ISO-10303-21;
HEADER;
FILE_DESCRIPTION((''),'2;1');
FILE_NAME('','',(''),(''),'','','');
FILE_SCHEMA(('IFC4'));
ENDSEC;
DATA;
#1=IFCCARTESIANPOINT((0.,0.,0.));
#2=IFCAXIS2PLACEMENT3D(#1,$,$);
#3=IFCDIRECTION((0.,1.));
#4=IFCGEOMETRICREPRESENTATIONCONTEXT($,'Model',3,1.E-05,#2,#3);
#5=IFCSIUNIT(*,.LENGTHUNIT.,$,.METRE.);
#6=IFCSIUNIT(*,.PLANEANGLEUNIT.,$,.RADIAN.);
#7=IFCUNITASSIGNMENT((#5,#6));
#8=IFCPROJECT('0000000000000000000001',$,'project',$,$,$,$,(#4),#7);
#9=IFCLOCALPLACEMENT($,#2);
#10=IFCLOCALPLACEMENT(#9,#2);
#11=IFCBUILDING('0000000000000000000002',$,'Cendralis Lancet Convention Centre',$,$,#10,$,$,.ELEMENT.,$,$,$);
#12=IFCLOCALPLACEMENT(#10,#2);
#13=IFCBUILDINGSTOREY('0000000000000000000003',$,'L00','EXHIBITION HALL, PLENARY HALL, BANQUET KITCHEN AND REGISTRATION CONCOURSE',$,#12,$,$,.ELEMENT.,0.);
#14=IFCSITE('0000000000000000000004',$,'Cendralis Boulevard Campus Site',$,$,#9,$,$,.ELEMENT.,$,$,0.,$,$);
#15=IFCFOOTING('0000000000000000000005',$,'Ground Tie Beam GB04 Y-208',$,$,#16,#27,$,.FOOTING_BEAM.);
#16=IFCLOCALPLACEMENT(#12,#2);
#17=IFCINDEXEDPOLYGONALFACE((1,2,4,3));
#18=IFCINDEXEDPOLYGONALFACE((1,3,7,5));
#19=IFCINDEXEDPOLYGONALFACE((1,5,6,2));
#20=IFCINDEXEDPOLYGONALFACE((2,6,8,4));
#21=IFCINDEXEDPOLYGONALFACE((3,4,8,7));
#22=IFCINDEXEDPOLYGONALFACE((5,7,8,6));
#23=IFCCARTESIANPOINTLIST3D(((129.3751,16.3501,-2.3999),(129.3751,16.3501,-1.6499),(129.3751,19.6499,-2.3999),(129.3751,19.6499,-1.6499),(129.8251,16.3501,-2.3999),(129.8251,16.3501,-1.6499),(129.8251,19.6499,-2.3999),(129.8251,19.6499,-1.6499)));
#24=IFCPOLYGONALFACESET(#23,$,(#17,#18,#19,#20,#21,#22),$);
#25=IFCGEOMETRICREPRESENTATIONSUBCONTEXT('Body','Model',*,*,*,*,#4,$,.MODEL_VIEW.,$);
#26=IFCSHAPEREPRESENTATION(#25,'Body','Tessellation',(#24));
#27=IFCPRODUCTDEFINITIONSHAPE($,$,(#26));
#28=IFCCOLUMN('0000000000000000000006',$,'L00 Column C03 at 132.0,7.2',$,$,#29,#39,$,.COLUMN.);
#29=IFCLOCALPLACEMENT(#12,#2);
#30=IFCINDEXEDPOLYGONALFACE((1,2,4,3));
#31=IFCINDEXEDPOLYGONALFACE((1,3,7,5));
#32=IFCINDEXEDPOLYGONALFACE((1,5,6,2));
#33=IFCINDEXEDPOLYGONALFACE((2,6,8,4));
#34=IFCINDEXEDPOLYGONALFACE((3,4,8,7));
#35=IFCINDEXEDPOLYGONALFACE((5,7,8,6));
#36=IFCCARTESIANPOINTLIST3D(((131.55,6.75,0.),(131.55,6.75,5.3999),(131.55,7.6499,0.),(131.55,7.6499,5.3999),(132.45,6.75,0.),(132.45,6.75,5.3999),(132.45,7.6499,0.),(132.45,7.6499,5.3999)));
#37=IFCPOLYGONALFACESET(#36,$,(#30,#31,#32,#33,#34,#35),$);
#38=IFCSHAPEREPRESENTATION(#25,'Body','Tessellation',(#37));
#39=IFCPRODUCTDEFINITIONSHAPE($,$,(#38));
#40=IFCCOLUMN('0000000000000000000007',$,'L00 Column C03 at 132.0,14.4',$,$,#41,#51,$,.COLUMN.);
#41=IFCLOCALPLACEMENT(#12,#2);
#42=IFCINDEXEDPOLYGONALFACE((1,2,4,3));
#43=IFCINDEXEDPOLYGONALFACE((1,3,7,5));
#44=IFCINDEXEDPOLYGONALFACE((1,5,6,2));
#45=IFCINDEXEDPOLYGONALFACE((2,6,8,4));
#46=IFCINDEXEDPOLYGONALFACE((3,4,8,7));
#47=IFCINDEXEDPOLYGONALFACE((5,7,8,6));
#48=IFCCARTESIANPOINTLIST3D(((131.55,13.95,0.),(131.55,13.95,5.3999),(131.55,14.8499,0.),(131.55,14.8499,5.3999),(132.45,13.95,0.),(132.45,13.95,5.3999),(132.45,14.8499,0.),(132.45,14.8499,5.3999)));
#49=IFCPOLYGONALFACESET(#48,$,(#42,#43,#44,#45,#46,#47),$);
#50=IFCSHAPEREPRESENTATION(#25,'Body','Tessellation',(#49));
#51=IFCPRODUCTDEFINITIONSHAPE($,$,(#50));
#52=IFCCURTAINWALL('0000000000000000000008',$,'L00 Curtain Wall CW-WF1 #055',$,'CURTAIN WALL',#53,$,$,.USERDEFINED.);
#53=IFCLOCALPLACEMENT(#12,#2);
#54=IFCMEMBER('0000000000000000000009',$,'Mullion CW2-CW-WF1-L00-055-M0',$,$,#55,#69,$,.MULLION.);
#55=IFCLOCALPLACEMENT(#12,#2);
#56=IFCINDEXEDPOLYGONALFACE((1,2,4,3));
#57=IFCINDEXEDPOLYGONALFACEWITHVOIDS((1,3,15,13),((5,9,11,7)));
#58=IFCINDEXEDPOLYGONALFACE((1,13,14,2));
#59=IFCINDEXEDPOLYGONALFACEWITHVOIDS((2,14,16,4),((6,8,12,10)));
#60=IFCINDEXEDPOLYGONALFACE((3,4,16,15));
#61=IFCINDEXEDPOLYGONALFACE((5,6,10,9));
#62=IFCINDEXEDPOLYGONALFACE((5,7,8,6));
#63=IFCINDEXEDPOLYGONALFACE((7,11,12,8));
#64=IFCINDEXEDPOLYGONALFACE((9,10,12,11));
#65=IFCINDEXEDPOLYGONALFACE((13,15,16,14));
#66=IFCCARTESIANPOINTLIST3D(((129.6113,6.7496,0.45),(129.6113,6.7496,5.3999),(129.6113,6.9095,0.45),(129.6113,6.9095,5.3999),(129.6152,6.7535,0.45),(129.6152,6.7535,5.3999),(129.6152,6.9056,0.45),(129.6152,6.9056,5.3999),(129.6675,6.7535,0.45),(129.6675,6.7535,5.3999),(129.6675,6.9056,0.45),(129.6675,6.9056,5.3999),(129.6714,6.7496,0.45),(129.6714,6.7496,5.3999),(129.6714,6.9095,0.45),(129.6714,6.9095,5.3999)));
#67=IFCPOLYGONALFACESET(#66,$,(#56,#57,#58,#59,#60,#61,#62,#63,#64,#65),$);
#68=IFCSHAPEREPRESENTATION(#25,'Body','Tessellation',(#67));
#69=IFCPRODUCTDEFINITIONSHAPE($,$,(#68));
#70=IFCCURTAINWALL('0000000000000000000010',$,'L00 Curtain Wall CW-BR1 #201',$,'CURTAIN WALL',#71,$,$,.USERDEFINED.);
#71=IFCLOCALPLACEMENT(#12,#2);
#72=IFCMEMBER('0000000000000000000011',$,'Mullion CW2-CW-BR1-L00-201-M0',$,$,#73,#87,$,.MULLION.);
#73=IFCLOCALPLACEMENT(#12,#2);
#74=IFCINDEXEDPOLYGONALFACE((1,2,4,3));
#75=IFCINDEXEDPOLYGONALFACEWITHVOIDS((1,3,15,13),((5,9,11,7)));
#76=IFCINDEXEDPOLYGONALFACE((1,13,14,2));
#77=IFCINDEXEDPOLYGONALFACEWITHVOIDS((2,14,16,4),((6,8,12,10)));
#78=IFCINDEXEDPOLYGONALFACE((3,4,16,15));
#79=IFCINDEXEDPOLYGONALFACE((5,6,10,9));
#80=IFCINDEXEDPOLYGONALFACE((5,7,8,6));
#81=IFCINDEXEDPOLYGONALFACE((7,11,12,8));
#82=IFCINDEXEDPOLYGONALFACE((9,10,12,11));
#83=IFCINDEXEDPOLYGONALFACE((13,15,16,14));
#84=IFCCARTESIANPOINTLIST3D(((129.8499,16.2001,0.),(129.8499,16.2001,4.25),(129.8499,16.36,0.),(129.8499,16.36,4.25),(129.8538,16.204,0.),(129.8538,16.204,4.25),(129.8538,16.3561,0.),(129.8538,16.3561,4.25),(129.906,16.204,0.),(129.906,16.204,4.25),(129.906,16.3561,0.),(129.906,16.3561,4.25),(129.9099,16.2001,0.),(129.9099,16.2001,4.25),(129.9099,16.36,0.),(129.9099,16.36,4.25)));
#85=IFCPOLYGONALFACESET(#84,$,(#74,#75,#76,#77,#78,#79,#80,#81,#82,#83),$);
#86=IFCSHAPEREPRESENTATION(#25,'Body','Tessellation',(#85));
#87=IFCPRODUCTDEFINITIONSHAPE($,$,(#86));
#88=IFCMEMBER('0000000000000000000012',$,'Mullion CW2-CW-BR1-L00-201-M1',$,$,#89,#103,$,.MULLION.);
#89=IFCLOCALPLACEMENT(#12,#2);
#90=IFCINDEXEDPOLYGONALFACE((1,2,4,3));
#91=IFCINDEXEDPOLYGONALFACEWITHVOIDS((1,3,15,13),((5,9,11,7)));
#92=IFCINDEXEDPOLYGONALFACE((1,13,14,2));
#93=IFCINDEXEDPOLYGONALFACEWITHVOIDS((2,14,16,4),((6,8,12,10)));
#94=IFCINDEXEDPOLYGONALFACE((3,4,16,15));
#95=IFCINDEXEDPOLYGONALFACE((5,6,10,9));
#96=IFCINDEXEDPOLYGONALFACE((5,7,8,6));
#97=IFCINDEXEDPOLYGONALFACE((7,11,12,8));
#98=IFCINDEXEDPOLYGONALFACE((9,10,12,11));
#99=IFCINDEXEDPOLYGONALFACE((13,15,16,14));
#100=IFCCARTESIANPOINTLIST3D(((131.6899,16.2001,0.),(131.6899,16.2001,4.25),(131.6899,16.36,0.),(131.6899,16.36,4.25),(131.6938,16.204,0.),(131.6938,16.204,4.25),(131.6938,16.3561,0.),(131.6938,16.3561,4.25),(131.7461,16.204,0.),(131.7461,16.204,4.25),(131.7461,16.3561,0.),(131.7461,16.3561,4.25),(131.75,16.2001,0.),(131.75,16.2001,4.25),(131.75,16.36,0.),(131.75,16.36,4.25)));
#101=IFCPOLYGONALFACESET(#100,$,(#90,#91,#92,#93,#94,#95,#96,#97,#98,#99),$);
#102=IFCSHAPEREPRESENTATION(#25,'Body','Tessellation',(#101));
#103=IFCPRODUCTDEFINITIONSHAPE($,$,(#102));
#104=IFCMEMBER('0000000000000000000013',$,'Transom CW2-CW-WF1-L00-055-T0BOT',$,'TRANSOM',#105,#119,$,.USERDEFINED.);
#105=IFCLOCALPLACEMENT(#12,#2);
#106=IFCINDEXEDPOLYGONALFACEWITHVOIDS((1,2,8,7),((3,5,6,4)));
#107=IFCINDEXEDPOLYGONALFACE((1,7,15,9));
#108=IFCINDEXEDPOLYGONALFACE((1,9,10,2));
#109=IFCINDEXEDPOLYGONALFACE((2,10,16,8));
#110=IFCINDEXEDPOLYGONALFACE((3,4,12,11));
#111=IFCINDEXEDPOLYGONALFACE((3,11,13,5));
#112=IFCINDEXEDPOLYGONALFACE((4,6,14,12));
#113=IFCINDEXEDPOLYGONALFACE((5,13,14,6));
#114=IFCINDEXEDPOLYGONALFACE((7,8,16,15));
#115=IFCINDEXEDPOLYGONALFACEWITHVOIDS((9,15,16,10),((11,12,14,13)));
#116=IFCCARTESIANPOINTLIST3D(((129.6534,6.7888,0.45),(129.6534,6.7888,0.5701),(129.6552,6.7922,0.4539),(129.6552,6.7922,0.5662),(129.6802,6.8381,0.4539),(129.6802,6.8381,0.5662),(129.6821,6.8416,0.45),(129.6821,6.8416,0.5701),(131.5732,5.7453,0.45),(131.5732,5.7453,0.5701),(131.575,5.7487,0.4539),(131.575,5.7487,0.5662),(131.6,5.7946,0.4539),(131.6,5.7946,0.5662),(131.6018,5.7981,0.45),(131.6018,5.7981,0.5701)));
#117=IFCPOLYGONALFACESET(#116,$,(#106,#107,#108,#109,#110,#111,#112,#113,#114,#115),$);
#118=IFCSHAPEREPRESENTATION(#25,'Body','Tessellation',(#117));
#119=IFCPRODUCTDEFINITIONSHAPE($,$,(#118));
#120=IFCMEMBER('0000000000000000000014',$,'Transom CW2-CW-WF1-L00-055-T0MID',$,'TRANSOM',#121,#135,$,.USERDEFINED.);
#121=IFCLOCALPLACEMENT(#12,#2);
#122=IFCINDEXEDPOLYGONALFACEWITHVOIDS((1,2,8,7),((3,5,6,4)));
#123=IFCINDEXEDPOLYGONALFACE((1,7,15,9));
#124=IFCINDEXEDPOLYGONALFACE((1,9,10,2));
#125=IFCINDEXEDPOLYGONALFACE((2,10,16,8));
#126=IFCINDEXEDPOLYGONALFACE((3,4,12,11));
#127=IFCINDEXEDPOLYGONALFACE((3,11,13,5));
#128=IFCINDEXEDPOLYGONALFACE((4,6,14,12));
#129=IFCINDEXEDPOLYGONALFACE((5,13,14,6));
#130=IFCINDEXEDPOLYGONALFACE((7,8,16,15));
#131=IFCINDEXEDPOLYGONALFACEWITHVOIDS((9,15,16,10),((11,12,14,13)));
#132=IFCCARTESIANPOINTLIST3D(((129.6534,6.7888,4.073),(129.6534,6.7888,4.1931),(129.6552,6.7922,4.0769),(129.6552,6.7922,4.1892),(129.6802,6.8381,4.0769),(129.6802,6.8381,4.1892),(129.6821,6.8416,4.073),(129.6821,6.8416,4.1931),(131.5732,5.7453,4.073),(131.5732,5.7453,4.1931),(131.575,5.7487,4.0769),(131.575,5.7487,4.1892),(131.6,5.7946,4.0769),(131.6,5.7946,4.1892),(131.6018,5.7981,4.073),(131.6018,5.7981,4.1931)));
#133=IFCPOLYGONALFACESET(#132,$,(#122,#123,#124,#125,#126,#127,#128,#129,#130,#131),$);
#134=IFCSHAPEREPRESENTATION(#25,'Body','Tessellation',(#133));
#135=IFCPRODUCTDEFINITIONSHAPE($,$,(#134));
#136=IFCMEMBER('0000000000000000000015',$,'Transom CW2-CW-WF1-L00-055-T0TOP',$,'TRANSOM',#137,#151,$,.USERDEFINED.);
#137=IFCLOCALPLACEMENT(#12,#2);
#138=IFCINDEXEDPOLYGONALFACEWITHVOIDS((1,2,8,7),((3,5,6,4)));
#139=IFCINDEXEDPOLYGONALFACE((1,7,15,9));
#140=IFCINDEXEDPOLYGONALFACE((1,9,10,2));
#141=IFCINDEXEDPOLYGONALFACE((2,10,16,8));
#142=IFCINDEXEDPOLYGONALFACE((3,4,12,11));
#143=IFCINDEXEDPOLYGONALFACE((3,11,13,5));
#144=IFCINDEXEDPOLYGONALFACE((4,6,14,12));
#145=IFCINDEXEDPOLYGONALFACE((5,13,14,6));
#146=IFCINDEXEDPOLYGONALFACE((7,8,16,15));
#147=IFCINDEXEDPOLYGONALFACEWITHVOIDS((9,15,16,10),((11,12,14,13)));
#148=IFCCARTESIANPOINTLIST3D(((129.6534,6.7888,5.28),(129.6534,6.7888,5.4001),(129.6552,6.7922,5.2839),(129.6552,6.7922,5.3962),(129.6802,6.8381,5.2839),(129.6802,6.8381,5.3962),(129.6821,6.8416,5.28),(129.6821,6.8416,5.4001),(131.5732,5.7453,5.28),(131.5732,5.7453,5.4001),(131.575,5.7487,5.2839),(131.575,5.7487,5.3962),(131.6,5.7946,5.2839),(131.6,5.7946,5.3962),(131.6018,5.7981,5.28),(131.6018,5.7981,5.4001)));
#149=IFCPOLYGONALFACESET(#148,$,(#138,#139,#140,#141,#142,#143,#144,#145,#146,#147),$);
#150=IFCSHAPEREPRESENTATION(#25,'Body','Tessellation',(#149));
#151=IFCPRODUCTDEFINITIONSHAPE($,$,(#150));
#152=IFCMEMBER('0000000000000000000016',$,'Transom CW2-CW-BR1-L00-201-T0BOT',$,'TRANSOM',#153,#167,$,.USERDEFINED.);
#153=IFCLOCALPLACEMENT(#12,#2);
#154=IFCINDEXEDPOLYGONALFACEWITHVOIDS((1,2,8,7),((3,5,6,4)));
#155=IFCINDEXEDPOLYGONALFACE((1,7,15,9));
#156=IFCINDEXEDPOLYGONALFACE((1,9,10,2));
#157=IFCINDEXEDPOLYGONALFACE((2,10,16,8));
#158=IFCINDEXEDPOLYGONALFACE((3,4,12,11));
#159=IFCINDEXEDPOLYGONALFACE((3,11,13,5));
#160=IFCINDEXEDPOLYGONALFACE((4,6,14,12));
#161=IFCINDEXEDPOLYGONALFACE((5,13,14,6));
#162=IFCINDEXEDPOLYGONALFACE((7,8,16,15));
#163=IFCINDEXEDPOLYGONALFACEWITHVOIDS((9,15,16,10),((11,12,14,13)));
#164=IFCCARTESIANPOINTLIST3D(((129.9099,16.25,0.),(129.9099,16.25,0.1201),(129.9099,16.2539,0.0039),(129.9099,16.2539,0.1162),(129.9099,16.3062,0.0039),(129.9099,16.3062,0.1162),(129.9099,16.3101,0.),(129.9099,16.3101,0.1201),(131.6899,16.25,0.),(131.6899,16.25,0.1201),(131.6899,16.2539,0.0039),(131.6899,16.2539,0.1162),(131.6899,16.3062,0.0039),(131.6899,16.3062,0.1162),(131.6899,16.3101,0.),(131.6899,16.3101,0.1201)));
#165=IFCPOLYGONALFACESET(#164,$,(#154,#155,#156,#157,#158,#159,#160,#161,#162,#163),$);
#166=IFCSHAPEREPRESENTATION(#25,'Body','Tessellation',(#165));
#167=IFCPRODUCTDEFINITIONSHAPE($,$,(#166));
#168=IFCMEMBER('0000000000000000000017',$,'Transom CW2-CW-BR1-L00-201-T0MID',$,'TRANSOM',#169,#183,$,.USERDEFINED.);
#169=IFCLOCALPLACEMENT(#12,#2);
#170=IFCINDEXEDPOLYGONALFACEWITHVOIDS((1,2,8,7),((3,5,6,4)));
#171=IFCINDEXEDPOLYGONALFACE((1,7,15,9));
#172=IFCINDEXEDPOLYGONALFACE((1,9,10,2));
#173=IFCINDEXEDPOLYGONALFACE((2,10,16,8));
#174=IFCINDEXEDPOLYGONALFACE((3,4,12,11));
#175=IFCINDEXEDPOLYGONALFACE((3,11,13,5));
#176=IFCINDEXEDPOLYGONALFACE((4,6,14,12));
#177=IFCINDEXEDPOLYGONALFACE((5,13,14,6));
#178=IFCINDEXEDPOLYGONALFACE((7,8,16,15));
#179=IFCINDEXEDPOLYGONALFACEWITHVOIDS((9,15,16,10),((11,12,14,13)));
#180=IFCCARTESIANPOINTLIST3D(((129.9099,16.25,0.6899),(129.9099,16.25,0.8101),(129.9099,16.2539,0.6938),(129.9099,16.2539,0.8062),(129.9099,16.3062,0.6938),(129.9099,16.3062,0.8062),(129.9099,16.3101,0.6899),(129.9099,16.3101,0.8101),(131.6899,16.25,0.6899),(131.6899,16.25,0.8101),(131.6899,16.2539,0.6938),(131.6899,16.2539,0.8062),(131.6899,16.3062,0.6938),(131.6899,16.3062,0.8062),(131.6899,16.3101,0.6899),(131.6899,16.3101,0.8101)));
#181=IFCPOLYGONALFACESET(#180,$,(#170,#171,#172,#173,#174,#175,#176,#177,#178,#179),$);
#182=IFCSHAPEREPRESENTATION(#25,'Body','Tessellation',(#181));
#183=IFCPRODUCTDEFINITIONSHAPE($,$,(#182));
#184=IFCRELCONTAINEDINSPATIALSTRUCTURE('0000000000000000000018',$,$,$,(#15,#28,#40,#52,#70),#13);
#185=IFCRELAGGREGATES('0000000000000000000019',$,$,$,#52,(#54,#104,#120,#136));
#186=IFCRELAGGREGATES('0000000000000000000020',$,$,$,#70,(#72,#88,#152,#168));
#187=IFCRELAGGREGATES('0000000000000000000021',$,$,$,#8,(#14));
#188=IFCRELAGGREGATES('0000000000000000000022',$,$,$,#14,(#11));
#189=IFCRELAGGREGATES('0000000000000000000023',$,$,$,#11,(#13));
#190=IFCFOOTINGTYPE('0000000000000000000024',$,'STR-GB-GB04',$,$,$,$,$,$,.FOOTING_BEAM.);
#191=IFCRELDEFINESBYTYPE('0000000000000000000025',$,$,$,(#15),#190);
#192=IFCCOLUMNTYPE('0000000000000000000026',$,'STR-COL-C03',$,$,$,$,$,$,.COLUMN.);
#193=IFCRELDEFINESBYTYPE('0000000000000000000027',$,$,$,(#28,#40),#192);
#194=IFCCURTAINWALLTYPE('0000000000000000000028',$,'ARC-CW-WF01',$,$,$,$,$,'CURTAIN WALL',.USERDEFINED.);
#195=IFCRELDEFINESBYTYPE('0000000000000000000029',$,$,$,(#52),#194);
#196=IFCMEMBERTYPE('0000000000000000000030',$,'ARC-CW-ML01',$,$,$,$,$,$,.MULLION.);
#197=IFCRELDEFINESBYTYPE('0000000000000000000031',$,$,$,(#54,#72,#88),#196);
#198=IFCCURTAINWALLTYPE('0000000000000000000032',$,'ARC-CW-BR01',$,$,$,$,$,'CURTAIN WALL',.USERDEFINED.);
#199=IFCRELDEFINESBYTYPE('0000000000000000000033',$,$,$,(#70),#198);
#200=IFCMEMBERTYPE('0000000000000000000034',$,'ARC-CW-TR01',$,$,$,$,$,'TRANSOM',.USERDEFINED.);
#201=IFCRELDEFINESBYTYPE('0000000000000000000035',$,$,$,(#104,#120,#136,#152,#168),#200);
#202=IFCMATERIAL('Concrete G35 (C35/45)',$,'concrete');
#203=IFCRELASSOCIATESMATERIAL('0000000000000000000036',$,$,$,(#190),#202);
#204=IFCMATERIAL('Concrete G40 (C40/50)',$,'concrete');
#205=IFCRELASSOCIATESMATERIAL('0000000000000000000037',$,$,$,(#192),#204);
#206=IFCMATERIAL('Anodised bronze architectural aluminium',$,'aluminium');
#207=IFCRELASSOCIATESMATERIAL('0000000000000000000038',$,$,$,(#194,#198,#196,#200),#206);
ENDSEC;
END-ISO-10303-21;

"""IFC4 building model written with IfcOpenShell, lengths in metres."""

from ifc_helpers import new_model, si_unit, direction, frame, origin, origin_2d, place, context, subcontext, project, spatial, rectangle, hollow_rectangle, extrude, material, material_profile, profile_set, type_object, element, aggregate, save


model = new_model("IFC4")

# Units and contexts
model_context = context("Model", 3, precision=1e-05, world=origin(), true_north=direction((0.0, 1.0)))
body_context = subcontext(model_context, "Body", "Model", "MODEL_VIEW")
ifc_project = project(units=[si_unit("LENGTHUNIT", "METRE"), si_unit("PLANEANGLEUNIT", "RADIAN")], contexts=[model_context])

# Site, building, storey
site_placement = place(None, origin())
site = spatial("IfcSite", under=ifc_project, at=site_placement, Name="Cendralis Boulevard Campus Site", CompositionType="ELEMENT", RefElevation=0.0)
building_placement = place(site_placement, origin())
building = spatial("IfcBuilding", under=site, at=building_placement, Name="Cendralis Lancet Convention Centre", CompositionType="ELEMENT")
storey_placement = place(building_placement, origin())
storey = spatial("IfcBuildingStorey", under=building, at=storey_placement, Name="L00", Description="EXHIBITION HALL, PLENARY HALL, BANQUET KITCHEN AND REGISTRATION CONCOURSE", CompositionType="ELEMENT", Elevation=0.0)

# Footing
ifc_material_1 = material(Name="Concrete G35 (C35/45)", Category="concrete")
ifc_material_profile_1 = material_profile(ifc_material_1, rectangle(XDim=0.45, YDim=0.75, at=origin_2d()), Name="RCB 450x750")
ifc_profile_set_1 = profile_set([ifc_material_profile_1], Name="Concrete G35 (C35/45)")
footing_type = type_object("IfcFootingType", Name="STR-GB-GB04", PredefinedType="FOOTING_BEAM", material=ifc_profile_set_1)
footing_placement = place(storey_placement, frame((129.6001, 16.3501, -2.0249), z_axis=(0.0, 1.0, 0.0), x_axis=(-1.0, 0.0, 0.0)))
element("IfcFooting", 1, at=footing_placement, inside=storey, type_object=footing_type, Name="Ground Tie Beam GB04 Y-208", PredefinedType="FOOTING_BEAM", context=body_context, shape_type="SweptSolid", body=[
    extrude(rectangle(XDim=0.45, YDim=0.75, at=origin_2d()), origin(), (0.0, 0.0, 1.0), 3.2998),
])

# Columns
ifc_material_2 = material(Name="Concrete G40 (C40/50)", Category="concrete")
ifc_material_profile_2 = material_profile(ifc_material_2, rectangle(XDim=0.8999, YDim=0.8999, at=origin_2d()), Name="RC 900x900")
ifc_profile_set_2 = profile_set([ifc_material_profile_2], Name="Concrete G40 (C40/50)")
column_type = type_object("IfcColumnType", Name="STR-COL-C03", PredefinedType="COLUMN", material=ifc_profile_set_2)
for number, where, z_axis, x_axis, name in (
    (2, (132.0, 7.2, 0.0), (0.0, 0.0, 1.0), (1.0, 0.0, 0.0), "L00 Column C03 at 132.0,7.2"),
    (3, (132.0, 14.3999, 0.0), (0.0, 0.0, 1.0), (1.0, 0.0, 0.0), "L00 Column C03 at 132.0,14.4"),
):
    element("IfcColumn", number, at=place(storey_placement, frame(where, z_axis=z_axis, x_axis=x_axis)), inside=storey, type_object=column_type, Name=name, PredefinedType="COLUMN", context=body_context, shape_type="SweptSolid", body=[
        extrude(rectangle(XDim=0.8999, YDim=0.8999, at=origin_2d()), origin(), (0.0, 0.0, 1.0), 5.3999),
    ])

# Curtain wall, member
ifc_material_3 = material(Name="Anodised bronze architectural aluminium", Category="aluminium")
curtain_wall_type_1 = type_object("IfcCurtainWallType", Name="ARC-CW-WF01", ElementType="CURTAIN WALL", PredefinedType="USERDEFINED", material=ifc_material_3)
curtain_wall_1_placement = place(storey_placement, origin())
curtain_wall_1 = element("IfcCurtainWall", 4, at=curtain_wall_1_placement, inside=storey, type_object=curtain_wall_type_1, Name="L00 Curtain Wall CW-WF1 #055", ObjectType="CURTAIN WALL", PredefinedType="USERDEFINED")
ifc_material_profile_3 = material_profile(ifc_material_3, hollow_rectangle(XDim=0.0601, YDim=0.1599, WallThickness=0.0039, at=origin_2d()), Name="AL-MULL 60x160x4.0")
ifc_profile_set_3 = profile_set([ifc_material_profile_3], Name="Anodised bronze architectural aluminium")
member_type_1 = type_object("IfcMemberType", Name="ARC-CW-ML01", PredefinedType="MULLION", material=ifc_profile_set_3)
member_1_placement = place(storey_placement, frame((129.6414, 6.8296, 0.45), z_axis=(0.0, 0.0, 1.0), x_axis=(1.0, 0.0, 0.0)))
member_1 = element("IfcMember", 5, at=member_1_placement, type_object=member_type_1, Name="Mullion CW2-CW-WF1-L00-055-M0", PredefinedType="MULLION", context=body_context, shape_type="SweptSolid", body=[
    extrude(hollow_rectangle(XDim=0.0601, YDim=0.1599, WallThickness=0.0039, at=origin_2d()), origin(), (0.0, 0.0, 1.0), 4.95),
])

# Curtain wall, members
curtain_wall_type_2 = type_object("IfcCurtainWallType", Name="ARC-CW-BR01", ElementType="CURTAIN WALL", PredefinedType="USERDEFINED", material=ifc_material_3)
curtain_wall_2_placement = place(storey_placement, origin())
curtain_wall_2 = element("IfcCurtainWall", 6, at=curtain_wall_2_placement, inside=storey, type_object=curtain_wall_type_2, Name="L00 Curtain Wall CW-BR1 #201", ObjectType="CURTAIN WALL", PredefinedType="USERDEFINED")
member_2_placement = place(storey_placement, frame((129.8799, 16.28, 0.0), z_axis=(0.0, 0.0, 1.0), x_axis=(1.0, 0.0, 0.0)))
member_2 = element("IfcMember", 7, at=member_2_placement, type_object=member_type_1, Name="Mullion CW2-CW-BR1-L00-201-M0", PredefinedType="MULLION", context=body_context, shape_type="SweptSolid", body=[
    extrude(hollow_rectangle(XDim=0.0601, YDim=0.1599, WallThickness=0.0039, at=origin_2d()), origin(), (0.0, 0.0, 1.0), 4.25),
])
member_3_placement = place(storey_placement, frame((131.72, 16.28, 0.0), z_axis=(0.0, 0.0, 1.0), x_axis=(1.0, 0.0, 0.0)))
member_3 = element("IfcMember", 8, at=member_3_placement, type_object=member_type_1, Name="Mullion CW2-CW-BR1-L00-201-M1", PredefinedType="MULLION", context=body_context, shape_type="SweptSolid", body=[
    extrude(hollow_rectangle(XDim=0.0601, YDim=0.1599, WallThickness=0.0039, at=origin_2d()), origin(), (0.0, 0.0, 1.0), 4.25),
])

# Members
ifc_material_profile_4 = material_profile(ifc_material_3, hollow_rectangle(XDim=0.0601, YDim=0.1201, WallThickness=0.0039, at=origin_2d()), Name="AL-TRAN 60x120x4.0")
ifc_profile_set_4 = profile_set([ifc_material_profile_4], Name="Anodised bronze architectural aluminium")
member_type_2 = type_object("IfcMemberType", Name="ARC-CW-TR01", ElementType="TRANSOM", PredefinedType="USERDEFINED", material=ifc_profile_set_4)
member_4_placement = place(storey_placement, frame((129.6677, 6.8152, 0.51), z_axis=(0.878595, -0.477568, 0.0), x_axis=(0.477568, 0.878595, 0.0)))
member_4 = element("IfcMember", 9, at=member_4_placement, type_object=member_type_2, Name="Transom CW2-CW-WF1-L00-055-T0BOT", ObjectType="TRANSOM", PredefinedType="USERDEFINED", context=body_context, shape_type="SweptSolid", body=[
    extrude(hollow_rectangle(XDim=0.0601, YDim=0.1201, WallThickness=0.0039, at=origin_2d()), origin(), (0.0, 0.0, 1.0), 2.1851),
])
member_5_placement = place(storey_placement, frame((129.6677, 6.8152, 4.1331), z_axis=(0.878595, -0.477568, 0.0), x_axis=(0.477568, 0.878595, 0.0)))
member_5 = element("IfcMember", 10, at=member_5_placement, type_object=member_type_2, Name="Transom CW2-CW-WF1-L00-055-T0MID", ObjectType="TRANSOM", PredefinedType="USERDEFINED", context=body_context, shape_type="SweptSolid", body=[
    extrude(hollow_rectangle(XDim=0.0601, YDim=0.1201, WallThickness=0.0039, at=origin_2d()), origin(), (0.0, 0.0, 1.0), 2.1851),
])
member_6_placement = place(storey_placement, frame((129.6677, 6.8152, 5.3401), z_axis=(0.878595, -0.477568, 0.0), x_axis=(0.477568, 0.878595, 0.0)))
member_6 = element("IfcMember", 11, at=member_6_placement, type_object=member_type_2, Name="Transom CW2-CW-WF1-L00-055-T0TOP", ObjectType="TRANSOM", PredefinedType="USERDEFINED", context=body_context, shape_type="SweptSolid", body=[
    extrude(hollow_rectangle(XDim=0.0601, YDim=0.1201, WallThickness=0.0039, at=origin_2d()), origin(), (0.0, 0.0, 1.0), 2.1851),
])
member_7_placement = place(storey_placement, frame((129.9099, 16.28, 0.0601), z_axis=(1.0, 0.0, 0.0), x_axis=(0.0, 1.0, 0.0)))
member_7 = element("IfcMember", 12, at=member_7_placement, type_object=member_type_2, Name="Transom CW2-CW-BR1-L00-201-T0BOT", ObjectType="TRANSOM", PredefinedType="USERDEFINED", context=body_context, shape_type="SweptSolid", body=[
    extrude(hollow_rectangle(XDim=0.0601, YDim=0.1201, WallThickness=0.0039, at=origin_2d()), origin(), (0.0, 0.0, 1.0), 1.78),
])
member_8_placement = place(storey_placement, frame((129.9099, 16.28, 0.75), z_axis=(1.0, 0.0, 0.0), x_axis=(0.0, 1.0, 0.0)))
member_8 = element("IfcMember", 13, at=member_8_placement, type_object=member_type_2, Name="Transom CW2-CW-BR1-L00-201-T0MID", ObjectType="TRANSOM", PredefinedType="USERDEFINED", context=body_context, shape_type="SweptSolid", body=[
    extrude(hollow_rectangle(XDim=0.0601, YDim=0.1201, WallThickness=0.0039, at=origin_2d()), origin(), (0.0, 0.0, 1.0), 1.78),
])

aggregate(curtain_wall_1, [member_1, member_4, member_5, member_6])
aggregate(curtain_wall_2, [member_2, member_3, member_7, member_8])

save(model, "model.ifc")
